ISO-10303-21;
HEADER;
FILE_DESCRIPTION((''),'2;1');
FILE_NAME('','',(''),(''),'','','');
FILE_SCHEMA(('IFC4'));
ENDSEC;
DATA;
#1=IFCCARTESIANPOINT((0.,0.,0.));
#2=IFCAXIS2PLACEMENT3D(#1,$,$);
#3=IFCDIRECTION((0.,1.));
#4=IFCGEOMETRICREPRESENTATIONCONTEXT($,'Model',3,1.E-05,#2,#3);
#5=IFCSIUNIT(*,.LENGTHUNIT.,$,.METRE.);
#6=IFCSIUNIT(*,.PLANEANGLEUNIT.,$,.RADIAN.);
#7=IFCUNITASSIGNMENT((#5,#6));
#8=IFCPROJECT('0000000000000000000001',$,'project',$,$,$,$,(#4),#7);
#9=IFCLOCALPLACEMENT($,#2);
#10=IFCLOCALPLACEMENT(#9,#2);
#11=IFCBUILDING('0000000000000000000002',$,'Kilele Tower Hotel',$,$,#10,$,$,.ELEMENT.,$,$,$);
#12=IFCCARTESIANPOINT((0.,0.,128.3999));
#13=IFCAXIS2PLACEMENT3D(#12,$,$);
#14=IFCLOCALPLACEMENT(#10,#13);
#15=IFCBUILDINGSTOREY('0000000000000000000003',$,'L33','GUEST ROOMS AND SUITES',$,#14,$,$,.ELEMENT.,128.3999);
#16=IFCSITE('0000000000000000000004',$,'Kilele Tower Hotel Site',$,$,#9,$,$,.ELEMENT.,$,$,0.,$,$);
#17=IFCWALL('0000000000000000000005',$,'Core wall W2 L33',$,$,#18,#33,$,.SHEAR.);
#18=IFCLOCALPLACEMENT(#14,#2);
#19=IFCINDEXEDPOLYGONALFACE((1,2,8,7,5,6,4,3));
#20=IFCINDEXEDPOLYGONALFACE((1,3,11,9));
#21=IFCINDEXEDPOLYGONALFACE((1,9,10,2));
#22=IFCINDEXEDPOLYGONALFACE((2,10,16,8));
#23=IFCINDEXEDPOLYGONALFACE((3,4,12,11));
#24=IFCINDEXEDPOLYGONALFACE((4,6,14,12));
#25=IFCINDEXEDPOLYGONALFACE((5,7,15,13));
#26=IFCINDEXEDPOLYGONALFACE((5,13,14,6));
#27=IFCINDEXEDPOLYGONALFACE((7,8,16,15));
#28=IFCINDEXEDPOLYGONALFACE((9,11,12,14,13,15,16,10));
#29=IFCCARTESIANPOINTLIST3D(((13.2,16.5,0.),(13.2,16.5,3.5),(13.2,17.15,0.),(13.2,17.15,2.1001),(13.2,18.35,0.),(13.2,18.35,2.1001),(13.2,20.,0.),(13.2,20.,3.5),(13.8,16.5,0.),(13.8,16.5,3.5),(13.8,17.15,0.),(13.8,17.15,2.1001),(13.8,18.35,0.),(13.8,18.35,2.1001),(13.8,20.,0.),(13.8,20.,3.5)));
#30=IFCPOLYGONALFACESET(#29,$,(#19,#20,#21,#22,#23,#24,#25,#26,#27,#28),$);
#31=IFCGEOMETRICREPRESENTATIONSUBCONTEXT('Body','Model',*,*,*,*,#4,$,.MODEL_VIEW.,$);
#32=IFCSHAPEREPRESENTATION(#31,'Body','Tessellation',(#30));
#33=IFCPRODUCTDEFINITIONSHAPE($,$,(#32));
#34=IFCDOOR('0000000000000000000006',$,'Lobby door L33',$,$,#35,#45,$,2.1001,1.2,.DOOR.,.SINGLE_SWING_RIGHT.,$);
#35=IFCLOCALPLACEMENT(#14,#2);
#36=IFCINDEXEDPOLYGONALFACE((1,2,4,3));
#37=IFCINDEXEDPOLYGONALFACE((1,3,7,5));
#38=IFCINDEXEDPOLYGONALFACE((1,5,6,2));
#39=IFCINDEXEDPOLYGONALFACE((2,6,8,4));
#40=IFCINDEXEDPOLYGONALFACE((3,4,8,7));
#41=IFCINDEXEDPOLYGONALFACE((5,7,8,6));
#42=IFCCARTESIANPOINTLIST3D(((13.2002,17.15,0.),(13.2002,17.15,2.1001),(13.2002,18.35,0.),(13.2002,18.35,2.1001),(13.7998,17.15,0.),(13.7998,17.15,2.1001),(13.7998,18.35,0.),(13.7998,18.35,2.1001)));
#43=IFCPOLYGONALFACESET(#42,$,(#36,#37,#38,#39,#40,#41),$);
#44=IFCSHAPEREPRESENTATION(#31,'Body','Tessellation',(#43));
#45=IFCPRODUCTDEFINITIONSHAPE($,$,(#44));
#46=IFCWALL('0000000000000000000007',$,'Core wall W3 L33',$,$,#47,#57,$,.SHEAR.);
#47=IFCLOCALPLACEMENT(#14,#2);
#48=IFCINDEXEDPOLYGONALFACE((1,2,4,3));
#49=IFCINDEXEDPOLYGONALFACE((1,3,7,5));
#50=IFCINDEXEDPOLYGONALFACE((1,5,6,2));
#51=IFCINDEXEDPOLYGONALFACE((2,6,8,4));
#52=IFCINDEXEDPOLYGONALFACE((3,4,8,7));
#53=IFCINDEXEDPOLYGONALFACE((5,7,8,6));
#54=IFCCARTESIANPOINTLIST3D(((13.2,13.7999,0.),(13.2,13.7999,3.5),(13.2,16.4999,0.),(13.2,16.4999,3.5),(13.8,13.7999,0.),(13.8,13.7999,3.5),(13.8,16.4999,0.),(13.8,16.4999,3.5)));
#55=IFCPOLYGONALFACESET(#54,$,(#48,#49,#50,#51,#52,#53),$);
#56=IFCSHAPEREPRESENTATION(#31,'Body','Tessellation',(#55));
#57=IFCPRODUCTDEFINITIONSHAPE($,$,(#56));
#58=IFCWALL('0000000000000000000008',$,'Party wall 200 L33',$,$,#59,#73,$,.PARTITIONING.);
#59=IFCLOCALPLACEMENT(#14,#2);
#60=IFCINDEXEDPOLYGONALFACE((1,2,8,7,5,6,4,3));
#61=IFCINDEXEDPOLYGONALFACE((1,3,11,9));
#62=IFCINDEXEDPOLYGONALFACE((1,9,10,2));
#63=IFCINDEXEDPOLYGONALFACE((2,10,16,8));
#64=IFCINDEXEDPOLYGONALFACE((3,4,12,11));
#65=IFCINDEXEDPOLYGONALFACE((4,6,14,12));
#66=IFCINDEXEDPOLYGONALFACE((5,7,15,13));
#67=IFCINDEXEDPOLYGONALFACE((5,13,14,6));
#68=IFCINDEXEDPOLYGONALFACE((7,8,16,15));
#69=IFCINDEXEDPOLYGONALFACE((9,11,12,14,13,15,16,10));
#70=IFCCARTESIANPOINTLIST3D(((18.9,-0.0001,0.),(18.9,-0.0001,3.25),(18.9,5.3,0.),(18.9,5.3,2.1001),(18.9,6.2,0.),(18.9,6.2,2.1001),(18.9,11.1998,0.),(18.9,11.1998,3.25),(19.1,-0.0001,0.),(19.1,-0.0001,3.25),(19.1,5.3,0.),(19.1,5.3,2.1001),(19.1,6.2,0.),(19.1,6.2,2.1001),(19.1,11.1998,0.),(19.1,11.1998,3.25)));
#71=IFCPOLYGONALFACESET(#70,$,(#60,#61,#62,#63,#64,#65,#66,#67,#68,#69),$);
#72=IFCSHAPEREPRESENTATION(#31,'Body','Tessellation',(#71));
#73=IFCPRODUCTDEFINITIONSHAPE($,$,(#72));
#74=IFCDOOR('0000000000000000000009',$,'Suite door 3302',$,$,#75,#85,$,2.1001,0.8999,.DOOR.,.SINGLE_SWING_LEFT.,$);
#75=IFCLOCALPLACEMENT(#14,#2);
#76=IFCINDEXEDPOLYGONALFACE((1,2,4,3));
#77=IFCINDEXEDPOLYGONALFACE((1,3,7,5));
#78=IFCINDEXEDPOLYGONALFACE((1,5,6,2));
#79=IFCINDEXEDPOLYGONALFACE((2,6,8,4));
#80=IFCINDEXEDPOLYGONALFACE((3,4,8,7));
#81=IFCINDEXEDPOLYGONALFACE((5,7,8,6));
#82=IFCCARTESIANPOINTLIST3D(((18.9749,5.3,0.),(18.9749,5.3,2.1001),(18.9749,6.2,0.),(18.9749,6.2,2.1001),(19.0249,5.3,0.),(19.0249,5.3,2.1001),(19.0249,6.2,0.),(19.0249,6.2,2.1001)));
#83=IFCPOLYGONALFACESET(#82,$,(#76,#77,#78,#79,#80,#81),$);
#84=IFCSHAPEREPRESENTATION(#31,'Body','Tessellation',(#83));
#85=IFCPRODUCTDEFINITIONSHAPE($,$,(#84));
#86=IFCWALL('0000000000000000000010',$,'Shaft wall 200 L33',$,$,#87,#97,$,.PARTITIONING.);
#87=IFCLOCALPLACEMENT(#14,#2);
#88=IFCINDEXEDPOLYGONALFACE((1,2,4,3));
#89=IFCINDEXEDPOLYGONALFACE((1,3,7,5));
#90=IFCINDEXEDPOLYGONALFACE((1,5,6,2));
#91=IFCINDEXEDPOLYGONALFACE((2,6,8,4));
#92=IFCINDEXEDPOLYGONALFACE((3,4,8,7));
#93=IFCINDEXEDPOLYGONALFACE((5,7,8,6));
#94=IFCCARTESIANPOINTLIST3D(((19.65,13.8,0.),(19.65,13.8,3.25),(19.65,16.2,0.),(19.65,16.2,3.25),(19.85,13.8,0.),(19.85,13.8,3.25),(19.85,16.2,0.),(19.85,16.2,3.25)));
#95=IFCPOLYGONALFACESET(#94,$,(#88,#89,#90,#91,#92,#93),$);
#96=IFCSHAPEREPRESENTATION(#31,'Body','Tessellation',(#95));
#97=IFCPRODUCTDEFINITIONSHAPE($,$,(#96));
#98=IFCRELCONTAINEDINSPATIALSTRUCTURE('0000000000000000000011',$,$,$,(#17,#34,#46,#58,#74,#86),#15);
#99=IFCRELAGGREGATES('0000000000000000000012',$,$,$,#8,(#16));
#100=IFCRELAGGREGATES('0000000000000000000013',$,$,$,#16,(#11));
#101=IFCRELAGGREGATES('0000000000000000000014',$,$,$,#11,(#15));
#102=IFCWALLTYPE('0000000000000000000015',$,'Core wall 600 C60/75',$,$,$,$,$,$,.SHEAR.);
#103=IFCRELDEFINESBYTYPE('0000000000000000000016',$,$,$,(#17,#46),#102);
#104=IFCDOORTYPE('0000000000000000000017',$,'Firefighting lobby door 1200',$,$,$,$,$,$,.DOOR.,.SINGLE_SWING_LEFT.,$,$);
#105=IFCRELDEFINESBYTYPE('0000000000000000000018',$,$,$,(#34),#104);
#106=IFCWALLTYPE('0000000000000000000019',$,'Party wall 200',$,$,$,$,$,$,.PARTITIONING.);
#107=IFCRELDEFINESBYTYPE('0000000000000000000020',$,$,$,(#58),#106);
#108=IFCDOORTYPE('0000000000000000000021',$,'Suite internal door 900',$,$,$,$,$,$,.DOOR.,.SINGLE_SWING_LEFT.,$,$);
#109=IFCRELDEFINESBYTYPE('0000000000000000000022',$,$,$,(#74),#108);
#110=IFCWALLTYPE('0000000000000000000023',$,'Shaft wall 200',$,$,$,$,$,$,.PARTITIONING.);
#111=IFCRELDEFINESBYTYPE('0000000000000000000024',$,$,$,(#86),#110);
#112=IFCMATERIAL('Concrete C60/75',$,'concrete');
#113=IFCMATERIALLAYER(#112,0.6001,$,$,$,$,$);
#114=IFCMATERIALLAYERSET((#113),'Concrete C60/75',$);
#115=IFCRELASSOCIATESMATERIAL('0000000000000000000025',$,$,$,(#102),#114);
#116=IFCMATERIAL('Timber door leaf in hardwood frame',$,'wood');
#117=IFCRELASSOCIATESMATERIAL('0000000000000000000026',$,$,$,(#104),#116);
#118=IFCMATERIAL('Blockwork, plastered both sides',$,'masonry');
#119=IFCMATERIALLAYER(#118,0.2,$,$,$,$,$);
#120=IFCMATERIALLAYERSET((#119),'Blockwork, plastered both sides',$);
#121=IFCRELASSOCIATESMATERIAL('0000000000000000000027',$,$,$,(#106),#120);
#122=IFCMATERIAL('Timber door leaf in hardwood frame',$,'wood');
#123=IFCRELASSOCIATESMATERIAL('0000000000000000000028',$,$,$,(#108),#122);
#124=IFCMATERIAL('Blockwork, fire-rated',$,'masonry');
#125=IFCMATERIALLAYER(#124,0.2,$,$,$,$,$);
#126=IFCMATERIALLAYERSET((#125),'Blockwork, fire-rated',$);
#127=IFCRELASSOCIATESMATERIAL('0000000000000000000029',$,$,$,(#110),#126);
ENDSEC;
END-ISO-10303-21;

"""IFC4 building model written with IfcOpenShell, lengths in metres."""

from ifc_helpers import new_model, si_unit, direction, frame, frame_2d, origin, place, context, subcontext, project, spatial, rectangle, extrude, material, layer, layer_set, type_object, element, fill, save


model = new_model("IFC4")

# Units and contexts
model_context = context("Model", 3, precision=1e-05, world=origin(), true_north=direction((0.0, 1.0)))
body_context = subcontext(model_context, "Body", "Model", "MODEL_VIEW")
ifc_project = project(units=[si_unit("LENGTHUNIT", "METRE"), si_unit("PLANEANGLEUNIT", "RADIAN")], contexts=[model_context])

# Site, building, storey
site_placement = place(None, origin())
site = spatial("IfcSite", under=ifc_project, at=site_placement, Name="Kilele Tower Hotel Site", CompositionType="ELEMENT", RefElevation=0.0)
building_placement = place(site_placement, origin())
building = spatial("IfcBuilding", under=site, at=building_placement, Name="Kilele Tower Hotel", CompositionType="ELEMENT")
storey_placement = place(building_placement, frame((0.0, 0.0, 128.3999)))
storey = spatial("IfcBuildingStorey", under=building, at=storey_placement, Name="L33", Description="GUEST ROOMS AND SUITES", CompositionType="ELEMENT", Elevation=128.3999)

# Shared definitions
ifc_material_1 = material(Name="Concrete C60/75", Category="concrete")
ifc_layer_1 = layer(ifc_material_1, 0.6001)
ifc_layer_set_1 = layer_set([ifc_layer_1], Name="Concrete C60/75")
wall_type_1 = type_object("IfcWallType", Name="Core wall 600 C60/75", PredefinedType="SHEAR", material=ifc_layer_set_1)
ifc_material_2 = material(Name="Timber door leaf in hardwood frame", Category="wood")
door_type_1 = type_object("IfcDoorType", Name="Firefighting lobby door 1200", OperationType="SINGLE_SWING_LEFT", PredefinedType="DOOR", material=ifc_material_2)

# Wall, opening, door
wall_1_placement = place(storey_placement, frame((13.5, 20.0, 0.0), z_axis=(0.0, 0.0, 1.0), x_axis=(0.0, -1.0, 0.0)))
wall_1 = element("IfcWall", 1, at=wall_1_placement, inside=storey, type_object=wall_type_1, Name="Core wall W2 L33", PredefinedType="SHEAR", context=body_context, shape_type="SweptSolid", body=[
    extrude(rectangle(XDim=3.5, YDim=0.6001, at=frame_2d((1.75, 0.0))), origin(), (0.0, 0.0, 1.0), 3.5),
])
opening_1_placement = place(wall_1_placement, frame((1.6499, 0.0, 0.0)))
opening_1 = element("IfcOpeningElement", 2, at=opening_1_placement, cuts=wall_1, PredefinedType="OPENING", context=body_context, shape_type="SweptSolid", body=[
    extrude(rectangle(XDim=1.2, YDim=2.1001, at=frame_2d((0.6001, 1.05))), frame((0.0, 0.3101, 0.0), z_axis=(0.0, -1.0, 0.0), x_axis=(1.0, 0.0, 0.0)), (0.0, 0.0, 1.0), 0.6201),
])
door_1_placement = place(opening_1_placement, origin())
door_1 = element("IfcDoor", 3, at=door_1_placement, inside=storey, type_object=door_type_1, Name="Lobby door L33", OperationType="SINGLE_SWING_RIGHT", OverallHeight=2.1001, OverallWidth=1.2, PredefinedType="DOOR", context=body_context, shape_type="SweptSolid", body=[
    extrude(rectangle(XDim=1.2, YDim=2.1001, at=frame_2d((0.6001, 1.05))), frame((0.0, 0.2998, 0.0), z_axis=(0.0, -1.0, 0.0), x_axis=(1.0, 0.0, 0.0)), (0.0, 0.0, 1.0), 0.5996),
])
fill(opening_1, door_1)

# Wall
wall_2_placement = place(storey_placement, frame((13.5, 16.5, 0.0), z_axis=(0.0, 0.0, 1.0), x_axis=(0.0, -1.0, 0.0)))
element("IfcWall", 4, at=wall_2_placement, inside=storey, type_object=wall_type_1, Name="Core wall W3 L33", PredefinedType="SHEAR", context=body_context, shape_type="SweptSolid", body=[
    extrude(rectangle(XDim=2.7, YDim=0.6001, at=frame_2d((1.3501, 0.0))), origin(), (0.0, 0.0, 1.0), 3.5),
])

# Wall, opening, door
ifc_material_3 = material(Name="Blockwork, plastered both sides", Category="masonry")
ifc_layer_2 = layer(ifc_material_3, 0.2)
ifc_layer_set_2 = layer_set([ifc_layer_2], Name="Blockwork, plastered both sides")
wall_type_2 = type_object("IfcWallType", Name="Party wall 200", PredefinedType="PARTITIONING", material=ifc_layer_set_2)
wall_3_placement = place(storey_placement, frame((19.0, 11.2, 0.0), z_axis=(0.0, 0.0, 1.0), x_axis=(0.0, -1.0, 0.0)))
wall_3 = element("IfcWall", 5, at=wall_3_placement, inside=storey, type_object=wall_type_2, Name="Party wall 200 L33", PredefinedType="PARTITIONING", context=body_context, shape_type="SweptSolid", body=[
    extrude(rectangle(XDim=11.2, YDim=0.2, at=frame_2d((5.6001, 0.0))), origin(), (0.0, 0.0, 1.0), 3.25),
])
opening_2_placement = place(wall_3_placement, frame((5.0, 0.0, 0.0)))
opening_2 = element("IfcOpeningElement", 6, at=opening_2_placement, cuts=wall_3, PredefinedType="OPENING", context=body_context, shape_type="SweptSolid", body=[
    extrude(rectangle(XDim=0.8999, YDim=2.1001, at=frame_2d((0.45, 1.05))), frame((0.0, 0.1099, 0.0), z_axis=(0.0, -1.0, 0.0), x_axis=(1.0, 0.0, 0.0)), (0.0, 0.0, 1.0), 0.22),
])
ifc_material_4 = material(Name="Timber door leaf in hardwood frame", Category="wood")
door_type_2 = type_object("IfcDoorType", Name="Suite internal door 900", OperationType="SINGLE_SWING_LEFT", PredefinedType="DOOR", material=ifc_material_4)
door_2_placement = place(opening_2_placement, origin())
door_2 = element("IfcDoor", 7, at=door_2_placement, inside=storey, type_object=door_type_2, Name="Suite door 3302", OperationType="SINGLE_SWING_LEFT", OverallHeight=2.1001, OverallWidth=0.8999, PredefinedType="DOOR", context=body_context, shape_type="SweptSolid", body=[
    extrude(rectangle(XDim=0.8999, YDim=2.1001, at=frame_2d((0.45, 1.05))), frame((0.0, 0.0249, 0.0), z_axis=(0.0, -1.0, 0.0), x_axis=(1.0, 0.0, 0.0)), (0.0, 0.0, 1.0), 0.05),
])
fill(opening_2, door_2)

# Wall
ifc_material_5 = material(Name="Blockwork, fire-rated", Category="masonry")
ifc_layer_3 = layer(ifc_material_5, 0.2)
ifc_layer_set_3 = layer_set([ifc_layer_3], Name="Blockwork, fire-rated")
wall_type_3 = type_object("IfcWallType", Name="Shaft wall 200", PredefinedType="PARTITIONING", material=ifc_layer_set_3)
wall_4_placement = place(storey_placement, frame((19.75, 13.8, 0.0), z_axis=(0.0, 0.0, 1.0), x_axis=(0.0, 1.0, 0.0)))
element("IfcWall", 8, at=wall_4_placement, inside=storey, type_object=wall_type_3, Name="Shaft wall 200 L33", PredefinedType="PARTITIONING", context=body_context, shape_type="SweptSolid", body=[
    extrude(rectangle(XDim=2.3999, YDim=0.2, at=frame_2d((1.2, 0.0))), origin(), (0.0, 0.0, 1.0), 3.25),
])

save(model, "model.ifc")
